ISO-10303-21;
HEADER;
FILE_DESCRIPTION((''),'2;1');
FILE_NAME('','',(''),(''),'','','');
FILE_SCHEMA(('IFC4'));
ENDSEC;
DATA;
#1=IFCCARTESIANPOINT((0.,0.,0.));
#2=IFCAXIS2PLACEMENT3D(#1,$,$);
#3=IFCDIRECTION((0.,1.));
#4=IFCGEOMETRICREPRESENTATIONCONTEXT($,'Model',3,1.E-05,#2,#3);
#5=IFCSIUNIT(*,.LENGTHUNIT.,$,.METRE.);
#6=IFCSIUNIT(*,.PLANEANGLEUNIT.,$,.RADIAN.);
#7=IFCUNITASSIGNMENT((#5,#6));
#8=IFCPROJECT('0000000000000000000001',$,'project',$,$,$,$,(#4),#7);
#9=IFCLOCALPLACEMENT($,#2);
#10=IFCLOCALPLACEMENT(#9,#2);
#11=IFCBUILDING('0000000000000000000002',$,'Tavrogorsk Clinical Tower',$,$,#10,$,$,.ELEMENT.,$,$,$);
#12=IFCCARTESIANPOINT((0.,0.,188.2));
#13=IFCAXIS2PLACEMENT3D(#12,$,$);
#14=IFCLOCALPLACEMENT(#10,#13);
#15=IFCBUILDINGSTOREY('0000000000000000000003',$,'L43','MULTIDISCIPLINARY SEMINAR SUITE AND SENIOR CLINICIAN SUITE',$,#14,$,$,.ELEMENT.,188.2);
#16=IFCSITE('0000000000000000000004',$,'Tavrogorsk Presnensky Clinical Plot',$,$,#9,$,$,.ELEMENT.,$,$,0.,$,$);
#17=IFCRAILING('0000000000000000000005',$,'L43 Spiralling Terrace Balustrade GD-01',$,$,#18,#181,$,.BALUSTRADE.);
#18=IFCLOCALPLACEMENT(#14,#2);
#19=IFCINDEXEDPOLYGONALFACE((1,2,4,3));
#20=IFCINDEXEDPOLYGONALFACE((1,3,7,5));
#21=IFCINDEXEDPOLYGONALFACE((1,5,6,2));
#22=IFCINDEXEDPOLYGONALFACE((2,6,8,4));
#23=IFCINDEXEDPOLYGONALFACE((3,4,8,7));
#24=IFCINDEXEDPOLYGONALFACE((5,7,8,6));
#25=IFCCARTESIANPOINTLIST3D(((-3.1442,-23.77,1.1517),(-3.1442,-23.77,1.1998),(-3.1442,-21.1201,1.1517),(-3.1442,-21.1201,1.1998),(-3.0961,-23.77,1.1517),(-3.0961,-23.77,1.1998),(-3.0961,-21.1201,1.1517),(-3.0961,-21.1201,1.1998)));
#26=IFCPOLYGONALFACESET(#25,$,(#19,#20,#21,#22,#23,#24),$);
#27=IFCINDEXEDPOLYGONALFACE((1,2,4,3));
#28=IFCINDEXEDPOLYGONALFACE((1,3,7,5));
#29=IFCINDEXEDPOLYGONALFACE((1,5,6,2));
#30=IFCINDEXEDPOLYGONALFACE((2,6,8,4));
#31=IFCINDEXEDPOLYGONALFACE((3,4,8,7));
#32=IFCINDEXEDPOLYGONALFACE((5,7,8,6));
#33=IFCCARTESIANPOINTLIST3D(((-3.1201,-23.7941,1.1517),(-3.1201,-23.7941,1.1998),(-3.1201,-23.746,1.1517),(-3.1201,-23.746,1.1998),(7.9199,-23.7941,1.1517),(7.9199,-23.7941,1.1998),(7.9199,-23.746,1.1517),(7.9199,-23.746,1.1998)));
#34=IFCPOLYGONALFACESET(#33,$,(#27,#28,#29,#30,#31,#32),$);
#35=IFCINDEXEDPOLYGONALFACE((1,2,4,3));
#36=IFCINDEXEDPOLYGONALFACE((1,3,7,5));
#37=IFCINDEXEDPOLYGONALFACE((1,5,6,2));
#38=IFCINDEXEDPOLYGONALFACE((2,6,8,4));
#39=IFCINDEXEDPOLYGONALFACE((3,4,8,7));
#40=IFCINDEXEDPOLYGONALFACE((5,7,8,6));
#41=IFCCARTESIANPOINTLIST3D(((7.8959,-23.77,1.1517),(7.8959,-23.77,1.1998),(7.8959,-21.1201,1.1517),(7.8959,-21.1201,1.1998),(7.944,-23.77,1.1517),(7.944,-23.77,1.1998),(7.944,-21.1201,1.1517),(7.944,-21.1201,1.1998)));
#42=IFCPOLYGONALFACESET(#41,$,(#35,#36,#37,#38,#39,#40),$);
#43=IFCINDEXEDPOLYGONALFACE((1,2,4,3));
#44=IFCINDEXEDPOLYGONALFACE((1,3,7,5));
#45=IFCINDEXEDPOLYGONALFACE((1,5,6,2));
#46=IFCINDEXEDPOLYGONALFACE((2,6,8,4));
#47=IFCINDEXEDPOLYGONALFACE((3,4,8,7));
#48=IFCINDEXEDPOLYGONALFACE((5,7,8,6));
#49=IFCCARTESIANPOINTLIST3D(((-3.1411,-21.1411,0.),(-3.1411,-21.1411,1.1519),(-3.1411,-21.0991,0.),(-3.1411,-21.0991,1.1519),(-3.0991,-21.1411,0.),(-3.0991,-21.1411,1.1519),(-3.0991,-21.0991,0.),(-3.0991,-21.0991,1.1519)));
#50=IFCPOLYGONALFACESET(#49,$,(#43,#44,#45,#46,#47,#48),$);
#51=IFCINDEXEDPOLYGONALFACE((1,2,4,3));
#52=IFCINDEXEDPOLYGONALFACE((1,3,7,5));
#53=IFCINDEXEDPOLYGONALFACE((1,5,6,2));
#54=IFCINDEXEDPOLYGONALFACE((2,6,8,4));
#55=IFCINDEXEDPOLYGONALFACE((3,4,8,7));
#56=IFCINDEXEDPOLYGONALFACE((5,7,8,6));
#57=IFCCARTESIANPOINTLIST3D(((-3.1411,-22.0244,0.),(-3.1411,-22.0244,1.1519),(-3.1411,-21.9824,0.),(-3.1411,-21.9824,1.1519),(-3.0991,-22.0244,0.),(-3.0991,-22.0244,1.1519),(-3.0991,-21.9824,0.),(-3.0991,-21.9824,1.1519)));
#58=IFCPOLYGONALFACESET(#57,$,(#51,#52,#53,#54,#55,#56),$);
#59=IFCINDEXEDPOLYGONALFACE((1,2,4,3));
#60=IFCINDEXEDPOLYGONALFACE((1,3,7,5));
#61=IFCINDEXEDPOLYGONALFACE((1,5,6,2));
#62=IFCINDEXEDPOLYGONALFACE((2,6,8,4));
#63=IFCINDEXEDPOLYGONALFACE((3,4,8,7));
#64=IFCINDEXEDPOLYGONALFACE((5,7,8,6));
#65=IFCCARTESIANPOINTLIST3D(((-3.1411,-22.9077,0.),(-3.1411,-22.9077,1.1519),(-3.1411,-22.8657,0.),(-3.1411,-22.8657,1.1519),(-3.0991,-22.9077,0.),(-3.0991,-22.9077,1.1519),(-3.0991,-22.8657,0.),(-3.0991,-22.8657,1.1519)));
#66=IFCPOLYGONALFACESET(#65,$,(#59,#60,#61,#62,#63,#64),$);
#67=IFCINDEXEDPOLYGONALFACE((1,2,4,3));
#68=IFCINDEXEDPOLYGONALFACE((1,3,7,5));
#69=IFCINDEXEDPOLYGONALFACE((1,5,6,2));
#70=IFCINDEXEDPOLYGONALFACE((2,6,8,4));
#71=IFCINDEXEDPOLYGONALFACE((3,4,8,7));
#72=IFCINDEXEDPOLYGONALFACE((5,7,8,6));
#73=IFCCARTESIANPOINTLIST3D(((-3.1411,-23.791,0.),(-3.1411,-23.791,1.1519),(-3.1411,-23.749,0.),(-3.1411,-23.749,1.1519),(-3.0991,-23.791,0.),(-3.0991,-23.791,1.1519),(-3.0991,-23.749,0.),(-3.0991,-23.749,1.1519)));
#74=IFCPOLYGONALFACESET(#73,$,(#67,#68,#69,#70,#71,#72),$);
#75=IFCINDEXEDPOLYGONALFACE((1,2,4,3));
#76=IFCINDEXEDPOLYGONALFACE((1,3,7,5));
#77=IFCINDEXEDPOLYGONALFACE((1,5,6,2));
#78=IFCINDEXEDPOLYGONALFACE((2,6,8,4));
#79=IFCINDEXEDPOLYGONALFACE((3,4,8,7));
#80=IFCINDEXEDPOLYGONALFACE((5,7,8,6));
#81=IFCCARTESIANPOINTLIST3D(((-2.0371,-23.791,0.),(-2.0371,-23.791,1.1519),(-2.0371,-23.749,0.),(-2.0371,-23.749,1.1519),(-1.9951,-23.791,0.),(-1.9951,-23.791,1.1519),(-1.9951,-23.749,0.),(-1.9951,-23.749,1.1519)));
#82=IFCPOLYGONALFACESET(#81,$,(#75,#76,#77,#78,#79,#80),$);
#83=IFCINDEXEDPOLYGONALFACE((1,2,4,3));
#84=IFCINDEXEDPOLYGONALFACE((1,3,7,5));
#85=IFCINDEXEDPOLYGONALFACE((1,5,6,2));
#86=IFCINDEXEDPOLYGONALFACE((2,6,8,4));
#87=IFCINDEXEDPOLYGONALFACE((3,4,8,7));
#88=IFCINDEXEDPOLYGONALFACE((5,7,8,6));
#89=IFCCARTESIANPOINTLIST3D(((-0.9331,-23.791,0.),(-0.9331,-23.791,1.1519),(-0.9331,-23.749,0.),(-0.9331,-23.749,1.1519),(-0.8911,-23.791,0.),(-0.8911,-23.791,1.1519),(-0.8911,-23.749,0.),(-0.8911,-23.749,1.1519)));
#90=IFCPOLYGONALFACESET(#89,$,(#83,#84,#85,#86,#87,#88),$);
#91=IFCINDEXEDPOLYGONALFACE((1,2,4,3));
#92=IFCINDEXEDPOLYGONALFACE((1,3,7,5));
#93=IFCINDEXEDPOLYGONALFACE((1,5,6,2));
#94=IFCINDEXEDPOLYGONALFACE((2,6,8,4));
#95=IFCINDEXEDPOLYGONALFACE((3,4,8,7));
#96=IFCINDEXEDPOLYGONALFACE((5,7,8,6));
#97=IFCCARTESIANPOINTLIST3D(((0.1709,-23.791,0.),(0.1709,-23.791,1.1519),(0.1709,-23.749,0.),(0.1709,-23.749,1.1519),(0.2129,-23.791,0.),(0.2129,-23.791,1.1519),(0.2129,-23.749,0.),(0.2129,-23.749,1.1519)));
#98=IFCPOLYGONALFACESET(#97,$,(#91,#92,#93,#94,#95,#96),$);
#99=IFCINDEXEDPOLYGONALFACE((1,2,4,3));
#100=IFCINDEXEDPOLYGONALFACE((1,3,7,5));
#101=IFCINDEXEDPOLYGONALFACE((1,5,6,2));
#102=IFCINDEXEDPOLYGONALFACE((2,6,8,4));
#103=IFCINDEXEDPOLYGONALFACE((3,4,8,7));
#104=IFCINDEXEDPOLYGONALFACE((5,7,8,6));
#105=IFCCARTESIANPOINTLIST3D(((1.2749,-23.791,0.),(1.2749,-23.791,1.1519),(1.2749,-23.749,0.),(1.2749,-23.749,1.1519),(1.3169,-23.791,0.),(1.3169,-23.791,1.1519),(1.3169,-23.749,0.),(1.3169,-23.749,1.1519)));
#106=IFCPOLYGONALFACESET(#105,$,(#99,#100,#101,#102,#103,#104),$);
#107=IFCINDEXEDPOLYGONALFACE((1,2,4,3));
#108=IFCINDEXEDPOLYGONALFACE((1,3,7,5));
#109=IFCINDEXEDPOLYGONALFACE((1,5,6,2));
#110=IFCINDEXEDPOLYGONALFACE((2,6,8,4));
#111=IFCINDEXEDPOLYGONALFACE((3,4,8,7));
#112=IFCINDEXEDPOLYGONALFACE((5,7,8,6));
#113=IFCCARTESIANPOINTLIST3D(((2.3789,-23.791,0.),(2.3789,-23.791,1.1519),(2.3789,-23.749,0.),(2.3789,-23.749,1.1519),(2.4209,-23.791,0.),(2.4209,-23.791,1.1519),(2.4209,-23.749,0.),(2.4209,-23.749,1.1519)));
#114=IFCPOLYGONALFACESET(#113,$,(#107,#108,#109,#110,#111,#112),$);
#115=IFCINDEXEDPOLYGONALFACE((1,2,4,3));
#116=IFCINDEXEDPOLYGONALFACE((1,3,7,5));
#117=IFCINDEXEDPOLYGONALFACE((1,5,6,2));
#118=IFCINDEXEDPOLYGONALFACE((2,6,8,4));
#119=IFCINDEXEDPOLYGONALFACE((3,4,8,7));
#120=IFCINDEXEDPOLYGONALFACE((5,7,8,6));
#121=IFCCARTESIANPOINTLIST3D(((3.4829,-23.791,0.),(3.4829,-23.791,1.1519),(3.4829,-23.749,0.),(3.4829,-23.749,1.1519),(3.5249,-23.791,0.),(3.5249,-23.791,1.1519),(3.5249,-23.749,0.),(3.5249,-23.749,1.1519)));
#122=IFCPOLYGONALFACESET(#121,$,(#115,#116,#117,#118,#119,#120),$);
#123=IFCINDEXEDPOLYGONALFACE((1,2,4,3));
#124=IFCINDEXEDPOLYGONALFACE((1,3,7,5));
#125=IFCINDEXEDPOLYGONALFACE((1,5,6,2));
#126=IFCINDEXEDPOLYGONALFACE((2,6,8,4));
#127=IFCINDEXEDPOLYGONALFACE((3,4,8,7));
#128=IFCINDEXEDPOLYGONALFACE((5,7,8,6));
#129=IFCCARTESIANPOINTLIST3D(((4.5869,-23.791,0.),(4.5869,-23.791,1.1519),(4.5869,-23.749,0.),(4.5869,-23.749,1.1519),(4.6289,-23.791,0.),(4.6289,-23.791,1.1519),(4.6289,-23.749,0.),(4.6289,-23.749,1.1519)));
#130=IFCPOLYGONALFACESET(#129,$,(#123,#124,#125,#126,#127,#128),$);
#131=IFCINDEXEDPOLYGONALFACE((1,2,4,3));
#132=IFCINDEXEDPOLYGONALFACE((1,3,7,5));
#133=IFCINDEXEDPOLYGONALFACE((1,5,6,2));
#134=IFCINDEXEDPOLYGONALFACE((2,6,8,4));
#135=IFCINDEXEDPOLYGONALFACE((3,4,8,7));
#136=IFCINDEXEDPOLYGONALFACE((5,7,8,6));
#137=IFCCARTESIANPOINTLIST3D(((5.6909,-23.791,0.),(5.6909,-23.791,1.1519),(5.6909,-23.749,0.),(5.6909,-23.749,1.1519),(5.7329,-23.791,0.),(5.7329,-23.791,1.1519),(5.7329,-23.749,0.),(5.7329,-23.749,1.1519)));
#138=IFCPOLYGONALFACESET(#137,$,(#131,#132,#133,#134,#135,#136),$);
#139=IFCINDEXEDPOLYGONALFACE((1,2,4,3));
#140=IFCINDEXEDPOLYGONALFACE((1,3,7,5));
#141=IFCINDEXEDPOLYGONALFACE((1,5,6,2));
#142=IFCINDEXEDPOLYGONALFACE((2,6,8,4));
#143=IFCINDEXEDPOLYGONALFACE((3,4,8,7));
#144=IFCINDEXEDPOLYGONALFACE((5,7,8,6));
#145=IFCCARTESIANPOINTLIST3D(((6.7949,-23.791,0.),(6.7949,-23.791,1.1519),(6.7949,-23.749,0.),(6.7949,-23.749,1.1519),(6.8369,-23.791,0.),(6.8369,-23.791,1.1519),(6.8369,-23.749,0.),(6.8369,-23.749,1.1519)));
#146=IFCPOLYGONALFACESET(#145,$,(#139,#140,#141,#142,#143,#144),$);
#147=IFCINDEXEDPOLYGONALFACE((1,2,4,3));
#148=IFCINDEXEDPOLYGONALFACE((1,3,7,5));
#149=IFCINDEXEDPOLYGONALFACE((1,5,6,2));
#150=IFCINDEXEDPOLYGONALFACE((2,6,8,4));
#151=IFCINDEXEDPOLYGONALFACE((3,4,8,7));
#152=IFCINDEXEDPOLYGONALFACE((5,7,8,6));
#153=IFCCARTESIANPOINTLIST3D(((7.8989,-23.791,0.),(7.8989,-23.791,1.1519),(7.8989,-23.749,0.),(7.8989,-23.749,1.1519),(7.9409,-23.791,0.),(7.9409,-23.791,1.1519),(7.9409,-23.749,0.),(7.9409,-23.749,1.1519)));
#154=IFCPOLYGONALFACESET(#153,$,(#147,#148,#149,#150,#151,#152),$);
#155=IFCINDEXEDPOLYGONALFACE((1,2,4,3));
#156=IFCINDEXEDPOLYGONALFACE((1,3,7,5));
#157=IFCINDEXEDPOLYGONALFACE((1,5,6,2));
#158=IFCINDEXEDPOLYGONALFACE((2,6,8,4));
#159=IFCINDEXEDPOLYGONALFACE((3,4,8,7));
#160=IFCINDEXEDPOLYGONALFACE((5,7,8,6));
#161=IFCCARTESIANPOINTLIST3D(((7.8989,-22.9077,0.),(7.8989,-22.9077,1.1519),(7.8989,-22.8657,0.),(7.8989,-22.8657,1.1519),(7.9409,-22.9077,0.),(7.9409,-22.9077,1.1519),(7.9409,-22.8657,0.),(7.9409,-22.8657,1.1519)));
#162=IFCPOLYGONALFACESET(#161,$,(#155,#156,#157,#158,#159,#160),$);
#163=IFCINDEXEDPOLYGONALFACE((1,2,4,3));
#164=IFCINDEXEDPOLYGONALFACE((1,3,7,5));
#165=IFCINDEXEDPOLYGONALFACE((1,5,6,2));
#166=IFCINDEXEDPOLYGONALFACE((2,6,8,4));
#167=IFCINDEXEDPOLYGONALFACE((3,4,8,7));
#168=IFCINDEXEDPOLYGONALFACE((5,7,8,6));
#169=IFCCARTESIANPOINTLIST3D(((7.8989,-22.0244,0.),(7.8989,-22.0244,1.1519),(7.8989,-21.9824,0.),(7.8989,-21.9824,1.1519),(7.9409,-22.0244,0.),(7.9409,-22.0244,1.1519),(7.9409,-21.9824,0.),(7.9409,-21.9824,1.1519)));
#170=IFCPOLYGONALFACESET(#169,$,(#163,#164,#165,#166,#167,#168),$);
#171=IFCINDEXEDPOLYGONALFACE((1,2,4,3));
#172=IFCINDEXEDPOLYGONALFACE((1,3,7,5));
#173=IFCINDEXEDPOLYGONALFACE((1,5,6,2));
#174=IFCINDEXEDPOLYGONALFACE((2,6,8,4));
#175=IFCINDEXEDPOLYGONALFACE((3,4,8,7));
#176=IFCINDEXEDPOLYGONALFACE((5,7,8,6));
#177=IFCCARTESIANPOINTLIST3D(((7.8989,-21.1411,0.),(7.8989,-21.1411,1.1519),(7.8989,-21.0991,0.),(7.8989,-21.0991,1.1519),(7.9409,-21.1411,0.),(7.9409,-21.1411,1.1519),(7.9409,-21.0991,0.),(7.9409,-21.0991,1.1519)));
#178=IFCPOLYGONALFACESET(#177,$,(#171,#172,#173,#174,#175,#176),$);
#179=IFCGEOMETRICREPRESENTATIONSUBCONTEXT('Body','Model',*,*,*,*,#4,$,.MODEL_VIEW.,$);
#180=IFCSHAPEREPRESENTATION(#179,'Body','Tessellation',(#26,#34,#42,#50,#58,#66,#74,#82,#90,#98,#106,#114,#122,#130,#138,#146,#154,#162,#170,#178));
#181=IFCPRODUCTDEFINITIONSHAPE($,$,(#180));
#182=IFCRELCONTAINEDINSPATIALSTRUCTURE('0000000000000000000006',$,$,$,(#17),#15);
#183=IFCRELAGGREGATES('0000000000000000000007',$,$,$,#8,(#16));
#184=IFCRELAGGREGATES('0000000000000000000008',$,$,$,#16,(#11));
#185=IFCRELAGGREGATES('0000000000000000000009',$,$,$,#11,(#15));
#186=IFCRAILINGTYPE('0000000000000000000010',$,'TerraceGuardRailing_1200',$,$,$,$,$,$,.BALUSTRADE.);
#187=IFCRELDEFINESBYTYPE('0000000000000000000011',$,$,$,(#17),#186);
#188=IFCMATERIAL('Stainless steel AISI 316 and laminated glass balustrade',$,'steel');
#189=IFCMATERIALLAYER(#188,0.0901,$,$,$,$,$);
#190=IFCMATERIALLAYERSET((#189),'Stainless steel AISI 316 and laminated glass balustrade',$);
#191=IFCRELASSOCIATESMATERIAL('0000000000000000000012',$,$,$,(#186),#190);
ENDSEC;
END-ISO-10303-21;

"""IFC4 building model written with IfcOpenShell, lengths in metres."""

from ifc_helpers import new_model, si_unit, direction, frame, origin, origin_2d, place, context, subcontext, project, spatial, rectangle, extrude, material, layer, layer_set, type_object, element, save


model = new_model("IFC4")

# Units and contexts
model_context = context("Model", 3, precision=1e-05, world=origin(), true_north=direction((0.0, 1.0)))
body_context = subcontext(model_context, "Body", "Model", "MODEL_VIEW")
ifc_project = project(units=[si_unit("LENGTHUNIT", "METRE"), si_unit("PLANEANGLEUNIT", "RADIAN")], contexts=[model_context])

# Site, building, storey
site_placement = place(None, origin())
site = spatial("IfcSite", under=ifc_project, at=site_placement, Name="Tavrogorsk Presnensky Clinical Plot", CompositionType="ELEMENT", RefElevation=0.0)
building_placement = place(site_placement, origin())
building = spatial("IfcBuilding", under=site, at=building_placement, Name="Tavrogorsk Clinical Tower", CompositionType="ELEMENT")
storey_placement = place(building_placement, frame((0.0, 0.0, 188.2)))
storey = spatial("IfcBuildingStorey", under=building, at=storey_placement, Name="L43", Description="MULTIDISCIPLINARY SEMINAR SUITE AND SENIOR CLINICIAN SUITE", CompositionType="ELEMENT", Elevation=188.2)

# Railing
ifc_material_1 = material(Name="Stainless steel AISI 316 and laminated glass balustrade", Category="steel")
ifc_layer_1 = layer(ifc_material_1, 0.0901)
ifc_layer_set_1 = layer_set([ifc_layer_1], Name="Stainless steel AISI 316 and laminated glass balustrade")
railing_type = type_object("IfcRailingType", Name="TerraceGuardRailing_1200", PredefinedType="BALUSTRADE", material=ifc_layer_set_1)
railing_placement = place(storey_placement, frame((-3.1201, -21.1201, 0.0)))
element("IfcRailing", 1, at=railing_placement, inside=storey, type_object=railing_type, Name="L43 Spiralling Terrace Balustrade GD-01", PredefinedType="BALUSTRADE", context=body_context, shape_type="SweptSolid", body=[
    extrude(rectangle(XDim=0.0481, YDim=0.0481, at=origin_2d()), frame((0.0, 0.0, 1.1758), z_axis=(0.0, -1.0, 0.0), x_axis=(1.0, 0.0, 0.0)), (0.0, 0.0, 1.0), 2.6499),
    extrude(rectangle(XDim=0.0481, YDim=0.0481, at=origin_2d()), frame((0.0, -2.6499, 1.1758), z_axis=(1.0, 0.0, 0.0), x_axis=(0.0, 1.0, 0.0)), (0.0, 0.0, 1.0), 11.04),
    extrude(rectangle(XDim=0.0481, YDim=0.0481, at=origin_2d()), frame((11.04, -2.6499, 1.1758), z_axis=(0.0, 1.0, 0.0), x_axis=(-1.0, 0.0, 0.0)), (0.0, 0.0, 1.0), 2.6499),
    extrude(rectangle(XDim=0.042, YDim=0.042, at=origin_2d()), origin(), (0.0, 0.0, 1.0), 1.1519),
    extrude(rectangle(XDim=0.042, YDim=0.042, at=origin_2d()), frame((0.0, -0.8833, 0.0)), (0.0, 0.0, 1.0), 1.1519),
    extrude(rectangle(XDim=0.042, YDim=0.042, at=origin_2d()), frame((0.0, -1.7666, 0.0)), (0.0, 0.0, 1.0), 1.1519),
    extrude(rectangle(XDim=0.042, YDim=0.042, at=origin_2d()), frame((0.0, -2.6499, 0.0)), (0.0, 0.0, 1.0), 1.1519),
    extrude(rectangle(XDim=0.042, YDim=0.042, at=origin_2d()), frame((1.104, -2.6499, 0.0)), (0.0, 0.0, 1.0), 1.1519),
    extrude(rectangle(XDim=0.042, YDim=0.042, at=origin_2d()), frame((2.208, -2.6499, 0.0)), (0.0, 0.0, 1.0), 1.1519),
    extrude(rectangle(XDim=0.042, YDim=0.042, at=origin_2d()), frame((3.312, -2.6499, 0.0)), (0.0, 0.0, 1.0), 1.1519),
    extrude(rectangle(XDim=0.042, YDim=0.042, at=origin_2d()), frame((4.416, -2.6499, 0.0)), (0.0, 0.0, 1.0), 1.1519),
    extrude(rectangle(XDim=0.042, YDim=0.042, at=origin_2d()), frame((5.52, -2.6499, 0.0)), (0.0, 0.0, 1.0), 1.1519),
    extrude(rectangle(XDim=0.042, YDim=0.042, at=origin_2d()), frame((6.624, -2.6499, 0.0)), (0.0, 0.0, 1.0), 1.1519),
    extrude(rectangle(XDim=0.042, YDim=0.042, at=origin_2d()), frame((7.728, -2.6499, 0.0)), (0.0, 0.0, 1.0), 1.1519),
    extrude(rectangle(XDim=0.042, YDim=0.042, at=origin_2d()), frame((8.832, -2.6499, 0.0)), (0.0, 0.0, 1.0), 1.1519),
    extrude(rectangle(XDim=0.042, YDim=0.042, at=origin_2d()), frame((9.936, -2.6499, 0.0)), (0.0, 0.0, 1.0), 1.1519),
    extrude(rectangle(XDim=0.042, YDim=0.042, at=origin_2d()), frame((11.04, -2.6499, 0.0)), (0.0, 0.0, 1.0), 1.1519),
    extrude(rectangle(XDim=0.042, YDim=0.042, at=origin_2d()), frame((11.04, -1.7666, 0.0)), (0.0, 0.0, 1.0), 1.1519),
    extrude(rectangle(XDim=0.042, YDim=0.042, at=origin_2d()), frame((11.04, -0.8833, 0.0)), (0.0, 0.0, 1.0), 1.1519),
    extrude(rectangle(XDim=0.042, YDim=0.042, at=origin_2d()), frame((11.04, 0.0, 0.0)), (0.0, 0.0, 1.0), 1.1519),
])

save(model, "model.ifc")
